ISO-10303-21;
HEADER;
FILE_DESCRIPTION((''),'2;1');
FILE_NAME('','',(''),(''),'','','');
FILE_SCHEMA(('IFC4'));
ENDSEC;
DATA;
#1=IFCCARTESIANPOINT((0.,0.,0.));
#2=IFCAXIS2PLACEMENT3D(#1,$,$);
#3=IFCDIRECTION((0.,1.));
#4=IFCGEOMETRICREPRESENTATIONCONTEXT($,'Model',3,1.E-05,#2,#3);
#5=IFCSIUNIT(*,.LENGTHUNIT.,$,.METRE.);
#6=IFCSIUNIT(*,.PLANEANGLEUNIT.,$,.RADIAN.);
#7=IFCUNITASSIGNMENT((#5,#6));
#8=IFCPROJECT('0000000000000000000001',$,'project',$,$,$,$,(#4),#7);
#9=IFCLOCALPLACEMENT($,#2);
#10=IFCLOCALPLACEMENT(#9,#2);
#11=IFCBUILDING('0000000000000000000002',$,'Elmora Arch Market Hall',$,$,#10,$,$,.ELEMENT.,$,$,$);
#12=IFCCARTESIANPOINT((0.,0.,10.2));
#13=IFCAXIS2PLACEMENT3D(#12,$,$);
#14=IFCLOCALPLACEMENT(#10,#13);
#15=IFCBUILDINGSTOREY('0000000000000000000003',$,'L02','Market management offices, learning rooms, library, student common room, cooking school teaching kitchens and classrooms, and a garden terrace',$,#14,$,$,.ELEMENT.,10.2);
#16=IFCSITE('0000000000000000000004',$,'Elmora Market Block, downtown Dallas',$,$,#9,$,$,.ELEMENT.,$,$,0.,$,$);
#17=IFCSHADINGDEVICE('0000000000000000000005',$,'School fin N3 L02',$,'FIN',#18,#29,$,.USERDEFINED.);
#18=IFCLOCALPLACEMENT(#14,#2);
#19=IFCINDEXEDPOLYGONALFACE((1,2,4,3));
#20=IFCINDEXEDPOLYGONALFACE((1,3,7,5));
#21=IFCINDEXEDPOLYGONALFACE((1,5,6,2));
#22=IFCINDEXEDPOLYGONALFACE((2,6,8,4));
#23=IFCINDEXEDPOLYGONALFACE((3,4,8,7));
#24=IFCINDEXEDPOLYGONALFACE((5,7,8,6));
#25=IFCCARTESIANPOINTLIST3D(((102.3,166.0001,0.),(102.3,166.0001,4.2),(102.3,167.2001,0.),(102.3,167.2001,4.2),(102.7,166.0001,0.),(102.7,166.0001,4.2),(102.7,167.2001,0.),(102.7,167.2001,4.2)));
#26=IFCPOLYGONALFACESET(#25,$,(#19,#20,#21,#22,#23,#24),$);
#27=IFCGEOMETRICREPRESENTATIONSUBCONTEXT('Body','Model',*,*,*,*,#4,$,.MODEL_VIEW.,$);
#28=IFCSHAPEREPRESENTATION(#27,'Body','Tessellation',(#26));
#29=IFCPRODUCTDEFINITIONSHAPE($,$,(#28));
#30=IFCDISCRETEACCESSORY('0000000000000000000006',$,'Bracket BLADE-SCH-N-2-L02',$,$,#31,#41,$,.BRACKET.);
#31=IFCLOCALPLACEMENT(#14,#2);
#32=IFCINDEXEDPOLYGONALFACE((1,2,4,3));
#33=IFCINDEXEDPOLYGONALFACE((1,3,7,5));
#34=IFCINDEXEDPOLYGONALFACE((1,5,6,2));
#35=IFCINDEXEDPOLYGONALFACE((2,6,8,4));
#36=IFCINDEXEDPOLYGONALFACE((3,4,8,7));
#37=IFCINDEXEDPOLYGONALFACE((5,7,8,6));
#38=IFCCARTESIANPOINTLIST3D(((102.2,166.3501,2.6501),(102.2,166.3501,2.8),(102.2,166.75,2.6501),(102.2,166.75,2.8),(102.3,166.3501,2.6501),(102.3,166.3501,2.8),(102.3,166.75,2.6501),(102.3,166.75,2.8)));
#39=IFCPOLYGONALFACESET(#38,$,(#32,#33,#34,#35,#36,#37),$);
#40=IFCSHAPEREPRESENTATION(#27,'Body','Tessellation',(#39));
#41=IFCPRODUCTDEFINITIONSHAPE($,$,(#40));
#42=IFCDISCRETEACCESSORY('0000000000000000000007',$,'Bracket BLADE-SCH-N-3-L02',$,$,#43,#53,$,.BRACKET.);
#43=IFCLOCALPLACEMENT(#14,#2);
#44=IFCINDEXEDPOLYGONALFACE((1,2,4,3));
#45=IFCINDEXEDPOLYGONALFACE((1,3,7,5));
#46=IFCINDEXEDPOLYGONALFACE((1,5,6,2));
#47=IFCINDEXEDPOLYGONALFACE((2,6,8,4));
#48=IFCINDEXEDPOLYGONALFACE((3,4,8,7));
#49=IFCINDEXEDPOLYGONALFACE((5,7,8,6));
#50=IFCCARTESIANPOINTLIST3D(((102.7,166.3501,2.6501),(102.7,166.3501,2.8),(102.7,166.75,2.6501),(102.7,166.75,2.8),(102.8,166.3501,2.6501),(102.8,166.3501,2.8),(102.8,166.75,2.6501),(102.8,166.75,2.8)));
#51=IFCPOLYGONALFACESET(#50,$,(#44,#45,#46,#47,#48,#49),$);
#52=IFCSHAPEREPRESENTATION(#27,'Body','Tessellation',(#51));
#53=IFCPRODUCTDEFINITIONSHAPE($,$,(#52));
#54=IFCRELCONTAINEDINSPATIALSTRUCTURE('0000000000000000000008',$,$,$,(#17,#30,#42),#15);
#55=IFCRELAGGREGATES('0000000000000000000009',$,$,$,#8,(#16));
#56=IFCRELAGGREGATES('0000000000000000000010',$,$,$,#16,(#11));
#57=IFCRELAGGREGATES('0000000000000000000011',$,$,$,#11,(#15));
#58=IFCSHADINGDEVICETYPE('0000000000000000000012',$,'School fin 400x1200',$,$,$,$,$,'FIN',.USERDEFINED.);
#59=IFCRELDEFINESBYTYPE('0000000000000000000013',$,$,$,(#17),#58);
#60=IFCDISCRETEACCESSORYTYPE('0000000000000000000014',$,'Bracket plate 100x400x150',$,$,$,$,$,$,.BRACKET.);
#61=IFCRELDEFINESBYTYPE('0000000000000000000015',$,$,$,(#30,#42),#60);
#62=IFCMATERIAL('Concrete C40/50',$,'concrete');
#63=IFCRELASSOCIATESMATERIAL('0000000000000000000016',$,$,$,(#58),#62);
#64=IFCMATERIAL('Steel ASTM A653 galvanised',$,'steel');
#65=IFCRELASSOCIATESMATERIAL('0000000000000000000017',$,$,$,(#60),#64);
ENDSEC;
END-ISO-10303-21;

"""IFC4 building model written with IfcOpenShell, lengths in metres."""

from ifc_helpers import new_model, si_unit, direction, frame, origin, origin_2d, place, context, subcontext, project, spatial, rectangle, extrude, material, type_object, element, save


model = new_model("IFC4")

# Units and contexts
model_context = context("Model", 3, precision=1e-05, world=origin(), true_north=direction((0.0, 1.0)))
body_context = subcontext(model_context, "Body", "Model", "MODEL_VIEW")
ifc_project = project(units=[si_unit("LENGTHUNIT", "METRE"), si_unit("PLANEANGLEUNIT", "RADIAN")], contexts=[model_context])

# Site, building, storey
site_placement = place(None, origin())
site = spatial("IfcSite", under=ifc_project, at=site_placement, Name="Elmora Market Block, downtown Dallas", CompositionType="ELEMENT", RefElevation=0.0)
building_placement = place(site_placement, origin())
building = spatial("IfcBuilding", under=site, at=building_placement, Name="Elmora Arch Market Hall", CompositionType="ELEMENT")
storey_placement = place(building_placement, frame((0.0, 0.0, 10.2)))
storey = spatial("IfcBuildingStorey", under=building, at=storey_placement, Name="L02", Description="Market management offices, learning rooms, library, student common room, cooking school teaching kitchens and classrooms, and a garden terrace", CompositionType="ELEMENT", Elevation=10.2)

# Shading device
ifc_material_1 = material(Name="Concrete C40/50", Category="concrete")
shading_device_type = type_object("IfcShadingDeviceType", Name="School fin 400x1200", ElementType="FIN", PredefinedType="USERDEFINED", material=ifc_material_1)
shading_device_placement = place(storey_placement, frame((102.5, 166.6001, 0.0), z_axis=(0.0, 0.0, 1.0), x_axis=(1.0, 0.0, 0.0)))
element("IfcShadingDevice", 1, at=shading_device_placement, inside=storey, type_object=shading_device_type, Name="School fin N3 L02", ObjectType="FIN", PredefinedType="USERDEFINED", context=body_context, shape_type="SweptSolid", body=[
    extrude(rectangle(XDim=0.3999, YDim=1.2, at=origin_2d()), origin(), (0.0, 0.0, 1.0), 4.2),
])

# Discrete accessories
ifc_material_2 = material(Name="Steel ASTM A653 galvanised", Category="steel")
discrete_accessory_type = type_object("IfcDiscreteAccessoryType", Name="Bracket plate 100x400x150", PredefinedType="BRACKET", material=ifc_material_2)
for number, where, z_axis, x_axis, name in (
    (2, (102.25, 166.55, 2.6501), (0.0, 0.0, 1.0), (1.0, 0.0, 0.0), "Bracket BLADE-SCH-N-2-L02"),
    (3, (102.75, 166.55, 2.6501), (0.0, 0.0, 1.0), (1.0, 0.0, 0.0), "Bracket BLADE-SCH-N-3-L02"),
):
    element("IfcDiscreteAccessory", number, at=place(storey_placement, frame(where, z_axis=z_axis, x_axis=x_axis)), inside=storey, type_object=discrete_accessory_type, Name=name, PredefinedType="BRACKET", context=body_context, shape_type="SweptSolid", body=[
        extrude(rectangle(XDim=0.1001, YDim=0.3999, at=origin_2d()), origin(), (0.0, 0.0, 1.0), 0.1499),
    ])

save(model, "model.ifc")
